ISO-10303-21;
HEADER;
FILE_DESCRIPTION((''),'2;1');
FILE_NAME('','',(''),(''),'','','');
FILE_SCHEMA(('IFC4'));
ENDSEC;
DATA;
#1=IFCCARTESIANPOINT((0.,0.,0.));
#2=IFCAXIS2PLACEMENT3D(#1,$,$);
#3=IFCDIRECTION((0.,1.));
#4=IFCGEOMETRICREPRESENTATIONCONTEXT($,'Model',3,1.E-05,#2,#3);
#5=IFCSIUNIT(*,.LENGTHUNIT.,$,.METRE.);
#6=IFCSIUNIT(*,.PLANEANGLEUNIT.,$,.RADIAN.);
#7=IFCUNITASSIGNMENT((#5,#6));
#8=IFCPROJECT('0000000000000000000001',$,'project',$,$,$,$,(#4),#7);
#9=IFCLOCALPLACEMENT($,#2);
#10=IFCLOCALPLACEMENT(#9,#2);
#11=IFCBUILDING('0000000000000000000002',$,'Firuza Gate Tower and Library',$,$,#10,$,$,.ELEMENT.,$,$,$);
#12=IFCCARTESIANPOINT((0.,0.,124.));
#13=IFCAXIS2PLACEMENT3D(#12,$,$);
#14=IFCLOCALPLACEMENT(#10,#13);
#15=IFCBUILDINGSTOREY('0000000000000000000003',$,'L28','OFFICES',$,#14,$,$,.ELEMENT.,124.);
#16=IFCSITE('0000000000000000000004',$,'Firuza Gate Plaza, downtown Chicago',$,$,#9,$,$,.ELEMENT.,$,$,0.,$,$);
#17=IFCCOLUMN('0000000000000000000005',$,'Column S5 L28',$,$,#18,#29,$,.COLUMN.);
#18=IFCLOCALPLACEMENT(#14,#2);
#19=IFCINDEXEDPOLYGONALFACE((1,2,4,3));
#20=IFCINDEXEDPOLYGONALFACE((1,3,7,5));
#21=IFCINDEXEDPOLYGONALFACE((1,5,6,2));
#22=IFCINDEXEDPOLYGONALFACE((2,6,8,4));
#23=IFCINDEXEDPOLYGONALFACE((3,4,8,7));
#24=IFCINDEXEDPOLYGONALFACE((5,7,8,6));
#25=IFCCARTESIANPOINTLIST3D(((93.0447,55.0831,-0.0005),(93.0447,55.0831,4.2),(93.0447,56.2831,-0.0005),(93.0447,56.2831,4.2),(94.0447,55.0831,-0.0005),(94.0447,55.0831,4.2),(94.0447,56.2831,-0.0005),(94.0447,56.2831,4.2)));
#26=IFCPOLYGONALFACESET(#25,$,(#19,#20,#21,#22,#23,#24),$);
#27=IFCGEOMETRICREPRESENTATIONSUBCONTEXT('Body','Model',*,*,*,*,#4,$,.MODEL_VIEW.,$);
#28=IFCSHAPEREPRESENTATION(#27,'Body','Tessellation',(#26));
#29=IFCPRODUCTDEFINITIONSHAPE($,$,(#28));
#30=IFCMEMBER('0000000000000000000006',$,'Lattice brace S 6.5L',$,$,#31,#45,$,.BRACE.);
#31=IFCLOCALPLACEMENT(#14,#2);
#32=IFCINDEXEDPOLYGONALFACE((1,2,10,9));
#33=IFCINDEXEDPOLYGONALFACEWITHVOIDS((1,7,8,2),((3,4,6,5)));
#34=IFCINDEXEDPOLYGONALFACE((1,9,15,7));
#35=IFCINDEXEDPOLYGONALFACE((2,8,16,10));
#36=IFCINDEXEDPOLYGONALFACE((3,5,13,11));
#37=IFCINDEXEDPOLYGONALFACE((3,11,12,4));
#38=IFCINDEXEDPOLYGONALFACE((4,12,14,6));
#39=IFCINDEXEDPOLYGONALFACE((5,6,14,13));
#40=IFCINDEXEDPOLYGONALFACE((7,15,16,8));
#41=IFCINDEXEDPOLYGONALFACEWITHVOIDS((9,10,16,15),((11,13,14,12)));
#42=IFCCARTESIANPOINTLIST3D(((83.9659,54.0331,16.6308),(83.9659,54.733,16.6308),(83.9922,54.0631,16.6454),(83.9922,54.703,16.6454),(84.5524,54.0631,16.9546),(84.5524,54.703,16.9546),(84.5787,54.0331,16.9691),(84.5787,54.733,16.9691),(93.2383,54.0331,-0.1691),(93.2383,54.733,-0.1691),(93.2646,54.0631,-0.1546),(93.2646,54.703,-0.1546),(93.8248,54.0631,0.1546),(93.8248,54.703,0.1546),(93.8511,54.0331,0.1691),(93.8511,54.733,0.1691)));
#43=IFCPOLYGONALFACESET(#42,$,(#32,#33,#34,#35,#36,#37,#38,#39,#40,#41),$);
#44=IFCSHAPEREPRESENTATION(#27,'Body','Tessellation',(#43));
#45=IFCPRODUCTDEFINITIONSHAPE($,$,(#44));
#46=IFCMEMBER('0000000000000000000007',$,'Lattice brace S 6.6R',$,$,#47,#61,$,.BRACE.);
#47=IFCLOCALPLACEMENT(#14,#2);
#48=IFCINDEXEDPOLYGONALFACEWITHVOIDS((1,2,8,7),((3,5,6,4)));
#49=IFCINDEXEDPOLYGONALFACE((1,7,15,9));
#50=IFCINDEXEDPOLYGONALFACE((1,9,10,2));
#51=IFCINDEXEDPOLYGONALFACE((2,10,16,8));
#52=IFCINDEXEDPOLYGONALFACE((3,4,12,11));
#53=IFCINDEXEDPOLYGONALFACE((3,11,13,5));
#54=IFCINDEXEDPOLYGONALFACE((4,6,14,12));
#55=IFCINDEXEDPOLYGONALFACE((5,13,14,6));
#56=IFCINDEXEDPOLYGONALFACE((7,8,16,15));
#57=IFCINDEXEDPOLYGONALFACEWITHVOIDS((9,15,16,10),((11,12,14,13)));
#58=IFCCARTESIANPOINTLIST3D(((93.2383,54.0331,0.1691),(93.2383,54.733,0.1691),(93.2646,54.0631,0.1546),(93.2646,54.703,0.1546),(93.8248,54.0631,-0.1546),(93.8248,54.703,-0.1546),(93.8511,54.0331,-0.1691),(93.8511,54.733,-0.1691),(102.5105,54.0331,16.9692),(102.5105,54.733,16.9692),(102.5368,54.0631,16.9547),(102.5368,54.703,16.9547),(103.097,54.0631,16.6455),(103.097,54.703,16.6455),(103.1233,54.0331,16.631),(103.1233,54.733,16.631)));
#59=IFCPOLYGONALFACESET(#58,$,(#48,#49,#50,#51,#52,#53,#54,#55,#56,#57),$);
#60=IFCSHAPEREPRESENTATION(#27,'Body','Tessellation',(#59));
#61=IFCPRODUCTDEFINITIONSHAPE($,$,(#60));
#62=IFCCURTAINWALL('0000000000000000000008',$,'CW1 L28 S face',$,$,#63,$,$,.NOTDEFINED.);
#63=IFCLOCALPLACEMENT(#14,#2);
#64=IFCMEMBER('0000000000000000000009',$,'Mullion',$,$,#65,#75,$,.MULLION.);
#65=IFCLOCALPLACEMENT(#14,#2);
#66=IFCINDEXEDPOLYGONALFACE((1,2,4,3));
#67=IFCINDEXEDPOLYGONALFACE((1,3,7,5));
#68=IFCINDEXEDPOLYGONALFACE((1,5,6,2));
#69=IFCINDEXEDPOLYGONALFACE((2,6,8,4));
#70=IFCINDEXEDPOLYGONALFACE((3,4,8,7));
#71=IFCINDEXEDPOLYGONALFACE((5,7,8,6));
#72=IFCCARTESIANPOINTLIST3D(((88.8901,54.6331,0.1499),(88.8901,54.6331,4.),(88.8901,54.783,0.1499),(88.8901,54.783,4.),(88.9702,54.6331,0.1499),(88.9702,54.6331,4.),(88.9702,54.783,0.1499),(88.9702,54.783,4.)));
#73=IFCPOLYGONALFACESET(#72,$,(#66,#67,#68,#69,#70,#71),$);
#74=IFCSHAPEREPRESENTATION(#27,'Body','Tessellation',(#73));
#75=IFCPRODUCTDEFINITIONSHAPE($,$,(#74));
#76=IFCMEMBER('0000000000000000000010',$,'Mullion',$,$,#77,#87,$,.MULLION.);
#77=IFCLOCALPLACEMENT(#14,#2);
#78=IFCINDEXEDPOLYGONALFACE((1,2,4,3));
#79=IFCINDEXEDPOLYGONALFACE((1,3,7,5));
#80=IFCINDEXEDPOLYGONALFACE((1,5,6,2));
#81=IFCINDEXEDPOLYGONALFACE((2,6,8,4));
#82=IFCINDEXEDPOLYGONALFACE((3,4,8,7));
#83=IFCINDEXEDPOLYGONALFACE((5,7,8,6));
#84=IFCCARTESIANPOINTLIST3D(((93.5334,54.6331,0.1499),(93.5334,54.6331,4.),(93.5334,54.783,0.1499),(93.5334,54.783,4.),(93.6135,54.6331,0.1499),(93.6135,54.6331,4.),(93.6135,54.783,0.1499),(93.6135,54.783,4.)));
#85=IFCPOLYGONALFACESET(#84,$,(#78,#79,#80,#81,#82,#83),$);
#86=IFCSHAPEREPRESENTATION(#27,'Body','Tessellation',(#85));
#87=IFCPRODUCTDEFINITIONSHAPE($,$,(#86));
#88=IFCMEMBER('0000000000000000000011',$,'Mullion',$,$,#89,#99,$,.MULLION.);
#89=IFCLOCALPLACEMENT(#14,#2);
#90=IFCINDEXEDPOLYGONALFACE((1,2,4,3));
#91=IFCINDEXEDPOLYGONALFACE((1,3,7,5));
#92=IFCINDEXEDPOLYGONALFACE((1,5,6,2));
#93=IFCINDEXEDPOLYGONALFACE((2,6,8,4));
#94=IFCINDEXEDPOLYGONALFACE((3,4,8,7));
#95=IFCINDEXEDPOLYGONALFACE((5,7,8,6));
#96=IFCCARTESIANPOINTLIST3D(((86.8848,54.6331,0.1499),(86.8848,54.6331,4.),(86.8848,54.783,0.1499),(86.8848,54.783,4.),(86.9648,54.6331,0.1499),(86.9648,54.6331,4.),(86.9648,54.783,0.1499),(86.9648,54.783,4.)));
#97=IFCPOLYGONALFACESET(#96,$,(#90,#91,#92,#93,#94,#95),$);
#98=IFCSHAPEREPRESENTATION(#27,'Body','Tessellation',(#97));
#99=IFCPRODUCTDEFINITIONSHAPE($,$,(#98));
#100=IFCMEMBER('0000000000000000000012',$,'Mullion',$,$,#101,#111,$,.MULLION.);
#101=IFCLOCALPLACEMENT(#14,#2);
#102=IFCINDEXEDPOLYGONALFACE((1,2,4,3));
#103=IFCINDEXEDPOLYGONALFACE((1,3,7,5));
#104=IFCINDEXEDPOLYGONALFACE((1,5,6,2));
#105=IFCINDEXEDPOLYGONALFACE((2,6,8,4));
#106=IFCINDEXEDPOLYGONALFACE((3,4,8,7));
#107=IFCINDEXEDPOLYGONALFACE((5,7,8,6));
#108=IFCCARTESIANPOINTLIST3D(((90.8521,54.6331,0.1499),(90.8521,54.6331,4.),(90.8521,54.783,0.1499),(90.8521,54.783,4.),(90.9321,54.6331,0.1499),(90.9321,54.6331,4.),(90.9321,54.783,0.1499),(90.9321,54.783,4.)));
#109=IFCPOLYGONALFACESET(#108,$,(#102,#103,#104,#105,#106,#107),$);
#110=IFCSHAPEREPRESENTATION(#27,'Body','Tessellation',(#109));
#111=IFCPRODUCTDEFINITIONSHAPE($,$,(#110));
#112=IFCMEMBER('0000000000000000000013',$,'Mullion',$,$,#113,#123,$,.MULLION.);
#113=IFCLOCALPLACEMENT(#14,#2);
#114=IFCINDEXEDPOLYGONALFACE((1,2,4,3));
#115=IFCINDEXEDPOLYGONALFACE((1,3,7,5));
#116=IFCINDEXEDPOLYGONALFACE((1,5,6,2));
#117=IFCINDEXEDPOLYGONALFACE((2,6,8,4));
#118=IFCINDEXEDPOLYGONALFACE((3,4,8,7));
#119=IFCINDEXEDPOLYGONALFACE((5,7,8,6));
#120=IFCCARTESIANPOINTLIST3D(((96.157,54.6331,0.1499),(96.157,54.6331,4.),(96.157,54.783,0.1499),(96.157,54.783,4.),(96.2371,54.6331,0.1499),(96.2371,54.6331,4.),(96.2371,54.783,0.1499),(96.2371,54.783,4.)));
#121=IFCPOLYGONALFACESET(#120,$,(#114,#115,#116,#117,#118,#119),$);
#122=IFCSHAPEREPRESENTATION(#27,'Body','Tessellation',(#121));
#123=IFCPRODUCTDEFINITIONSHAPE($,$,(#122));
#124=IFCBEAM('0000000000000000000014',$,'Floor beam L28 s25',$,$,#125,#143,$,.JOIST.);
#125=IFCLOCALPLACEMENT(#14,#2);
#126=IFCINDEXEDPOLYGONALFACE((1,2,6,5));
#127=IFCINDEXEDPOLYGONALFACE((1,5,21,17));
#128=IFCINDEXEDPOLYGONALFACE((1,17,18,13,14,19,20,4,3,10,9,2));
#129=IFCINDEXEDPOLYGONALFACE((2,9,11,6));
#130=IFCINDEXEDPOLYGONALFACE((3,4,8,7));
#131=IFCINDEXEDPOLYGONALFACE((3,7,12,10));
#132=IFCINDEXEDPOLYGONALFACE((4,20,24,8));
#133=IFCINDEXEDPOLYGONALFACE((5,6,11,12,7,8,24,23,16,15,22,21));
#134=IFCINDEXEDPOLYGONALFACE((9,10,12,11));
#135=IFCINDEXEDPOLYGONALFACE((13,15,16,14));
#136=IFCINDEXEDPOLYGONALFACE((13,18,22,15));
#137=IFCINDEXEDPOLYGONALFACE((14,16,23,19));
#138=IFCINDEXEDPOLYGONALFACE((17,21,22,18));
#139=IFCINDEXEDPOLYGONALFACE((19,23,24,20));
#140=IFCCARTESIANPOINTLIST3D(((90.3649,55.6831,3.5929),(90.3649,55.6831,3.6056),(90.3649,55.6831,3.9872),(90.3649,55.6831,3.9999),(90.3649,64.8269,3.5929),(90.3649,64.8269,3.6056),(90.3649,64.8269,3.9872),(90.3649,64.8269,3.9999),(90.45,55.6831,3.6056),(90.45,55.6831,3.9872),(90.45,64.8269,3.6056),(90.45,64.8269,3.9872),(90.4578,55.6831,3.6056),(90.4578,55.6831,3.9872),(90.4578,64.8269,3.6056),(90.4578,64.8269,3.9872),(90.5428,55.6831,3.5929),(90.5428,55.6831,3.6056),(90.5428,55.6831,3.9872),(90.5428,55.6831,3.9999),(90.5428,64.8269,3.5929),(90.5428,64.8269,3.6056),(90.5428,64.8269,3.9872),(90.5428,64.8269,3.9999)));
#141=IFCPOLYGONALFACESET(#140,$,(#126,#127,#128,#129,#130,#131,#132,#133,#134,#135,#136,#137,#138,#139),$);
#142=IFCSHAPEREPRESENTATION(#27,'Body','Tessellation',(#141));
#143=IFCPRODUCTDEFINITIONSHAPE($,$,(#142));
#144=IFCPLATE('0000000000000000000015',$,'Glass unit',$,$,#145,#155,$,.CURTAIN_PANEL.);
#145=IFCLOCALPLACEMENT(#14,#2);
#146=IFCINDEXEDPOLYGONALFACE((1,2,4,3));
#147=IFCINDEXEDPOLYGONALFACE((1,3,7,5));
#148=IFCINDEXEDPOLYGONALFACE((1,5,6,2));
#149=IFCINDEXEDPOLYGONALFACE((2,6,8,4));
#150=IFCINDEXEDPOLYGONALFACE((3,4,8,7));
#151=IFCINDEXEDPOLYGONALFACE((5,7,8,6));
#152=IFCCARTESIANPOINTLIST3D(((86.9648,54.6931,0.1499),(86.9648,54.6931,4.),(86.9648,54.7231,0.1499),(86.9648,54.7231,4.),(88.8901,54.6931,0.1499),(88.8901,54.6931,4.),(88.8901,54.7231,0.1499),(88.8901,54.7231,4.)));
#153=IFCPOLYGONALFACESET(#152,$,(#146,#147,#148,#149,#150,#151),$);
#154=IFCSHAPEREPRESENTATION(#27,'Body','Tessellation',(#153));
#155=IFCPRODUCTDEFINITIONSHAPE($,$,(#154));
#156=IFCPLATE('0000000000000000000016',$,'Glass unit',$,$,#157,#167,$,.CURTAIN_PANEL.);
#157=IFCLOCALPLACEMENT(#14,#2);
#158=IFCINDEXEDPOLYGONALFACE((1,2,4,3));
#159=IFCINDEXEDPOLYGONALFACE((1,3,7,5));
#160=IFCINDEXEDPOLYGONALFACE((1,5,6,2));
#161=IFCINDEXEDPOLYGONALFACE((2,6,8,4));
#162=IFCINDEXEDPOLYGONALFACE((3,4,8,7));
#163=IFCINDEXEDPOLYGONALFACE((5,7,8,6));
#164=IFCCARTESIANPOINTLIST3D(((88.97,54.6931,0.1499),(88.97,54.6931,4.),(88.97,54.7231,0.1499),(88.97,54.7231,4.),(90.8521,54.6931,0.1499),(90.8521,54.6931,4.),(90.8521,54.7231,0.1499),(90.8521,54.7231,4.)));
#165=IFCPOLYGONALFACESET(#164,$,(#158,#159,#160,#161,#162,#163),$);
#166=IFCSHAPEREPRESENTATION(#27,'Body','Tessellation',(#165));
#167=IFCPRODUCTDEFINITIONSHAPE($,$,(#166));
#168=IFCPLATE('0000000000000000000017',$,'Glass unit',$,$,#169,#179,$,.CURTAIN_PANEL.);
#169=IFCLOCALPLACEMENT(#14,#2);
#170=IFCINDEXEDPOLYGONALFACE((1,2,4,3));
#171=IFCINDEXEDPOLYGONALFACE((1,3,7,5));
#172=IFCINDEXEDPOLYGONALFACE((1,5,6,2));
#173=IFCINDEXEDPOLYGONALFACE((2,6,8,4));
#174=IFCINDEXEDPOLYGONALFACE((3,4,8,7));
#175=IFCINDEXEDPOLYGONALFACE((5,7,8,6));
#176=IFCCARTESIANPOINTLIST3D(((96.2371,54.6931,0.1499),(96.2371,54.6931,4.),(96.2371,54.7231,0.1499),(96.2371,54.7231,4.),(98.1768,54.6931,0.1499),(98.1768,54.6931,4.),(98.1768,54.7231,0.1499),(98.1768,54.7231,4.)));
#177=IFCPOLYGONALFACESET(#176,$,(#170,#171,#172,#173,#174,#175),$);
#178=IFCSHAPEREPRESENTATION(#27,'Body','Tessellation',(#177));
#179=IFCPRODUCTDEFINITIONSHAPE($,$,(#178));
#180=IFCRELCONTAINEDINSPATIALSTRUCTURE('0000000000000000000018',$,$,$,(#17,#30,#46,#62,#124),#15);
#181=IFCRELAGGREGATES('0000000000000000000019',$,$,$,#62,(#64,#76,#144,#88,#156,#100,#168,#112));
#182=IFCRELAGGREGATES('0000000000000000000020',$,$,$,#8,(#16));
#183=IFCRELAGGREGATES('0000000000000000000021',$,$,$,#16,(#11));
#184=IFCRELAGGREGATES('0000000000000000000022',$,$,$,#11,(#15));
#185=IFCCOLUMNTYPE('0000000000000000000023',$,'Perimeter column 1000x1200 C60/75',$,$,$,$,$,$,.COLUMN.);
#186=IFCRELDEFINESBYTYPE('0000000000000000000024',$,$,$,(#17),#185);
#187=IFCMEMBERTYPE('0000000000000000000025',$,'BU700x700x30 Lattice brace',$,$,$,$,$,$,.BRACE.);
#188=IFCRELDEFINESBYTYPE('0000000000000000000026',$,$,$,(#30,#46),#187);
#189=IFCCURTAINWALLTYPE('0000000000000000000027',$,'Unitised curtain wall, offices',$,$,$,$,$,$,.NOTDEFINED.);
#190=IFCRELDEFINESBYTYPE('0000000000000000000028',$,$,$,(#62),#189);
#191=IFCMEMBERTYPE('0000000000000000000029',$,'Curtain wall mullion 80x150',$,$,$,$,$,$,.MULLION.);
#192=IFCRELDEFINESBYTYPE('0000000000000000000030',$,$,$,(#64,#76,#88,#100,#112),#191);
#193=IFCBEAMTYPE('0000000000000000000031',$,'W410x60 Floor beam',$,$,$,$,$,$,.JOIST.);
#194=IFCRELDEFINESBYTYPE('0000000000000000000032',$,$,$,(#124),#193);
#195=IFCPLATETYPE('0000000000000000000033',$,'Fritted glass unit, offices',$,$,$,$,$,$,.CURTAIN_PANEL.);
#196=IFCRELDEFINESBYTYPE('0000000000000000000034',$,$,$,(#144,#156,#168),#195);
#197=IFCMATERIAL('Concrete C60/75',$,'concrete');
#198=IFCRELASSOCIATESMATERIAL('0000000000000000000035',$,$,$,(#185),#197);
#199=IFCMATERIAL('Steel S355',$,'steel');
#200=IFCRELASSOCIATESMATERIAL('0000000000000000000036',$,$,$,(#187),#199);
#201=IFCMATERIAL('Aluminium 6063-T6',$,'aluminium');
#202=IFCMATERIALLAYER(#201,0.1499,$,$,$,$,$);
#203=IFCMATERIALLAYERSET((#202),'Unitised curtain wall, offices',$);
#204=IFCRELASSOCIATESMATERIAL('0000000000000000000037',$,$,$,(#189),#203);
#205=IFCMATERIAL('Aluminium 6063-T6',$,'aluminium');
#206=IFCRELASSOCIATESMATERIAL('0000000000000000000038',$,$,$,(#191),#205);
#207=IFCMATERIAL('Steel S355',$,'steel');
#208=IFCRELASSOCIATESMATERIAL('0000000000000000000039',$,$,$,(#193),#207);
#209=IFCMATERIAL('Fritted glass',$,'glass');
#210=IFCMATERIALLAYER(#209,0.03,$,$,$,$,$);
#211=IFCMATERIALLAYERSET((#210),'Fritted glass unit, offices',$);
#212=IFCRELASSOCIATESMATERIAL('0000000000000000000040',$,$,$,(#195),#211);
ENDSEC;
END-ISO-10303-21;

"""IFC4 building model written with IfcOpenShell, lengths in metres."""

from ifc_helpers import new_model, si_unit, direction, frame, origin, origin_2d, place, context, subcontext, project, spatial, polyline, rectangle, hollow_rectangle, i_section, outline, extrude, material, layer, layer_set, material_profile, profile_set, type_object, element, aggregate, save


model = new_model("IFC4")

# Units and contexts
model_context = context("Model", 3, precision=1e-05, world=origin(), true_north=direction((0.0, 1.0)))
body_context = subcontext(model_context, "Body", "Model", "MODEL_VIEW")
ifc_project = project(units=[si_unit("LENGTHUNIT", "METRE"), si_unit("PLANEANGLEUNIT", "RADIAN")], contexts=[model_context])

# Site, building, storey
site_placement = place(None, origin())
site = spatial("IfcSite", under=ifc_project, at=site_placement, Name="Firuza Gate Plaza, downtown Chicago", CompositionType="ELEMENT", RefElevation=0.0)
building_placement = place(site_placement, origin())
building = spatial("IfcBuilding", under=site, at=building_placement, Name="Firuza Gate Tower and Library", CompositionType="ELEMENT")
storey_placement = place(building_placement, frame((0.0, 0.0, 124.0)))
storey = spatial("IfcBuildingStorey", under=building, at=storey_placement, Name="L28", Description="OFFICES", CompositionType="ELEMENT", Elevation=124.0)

# Column
ifc_material_1 = material(Name="Concrete C60/75", Category="concrete")
ifc_material_profile_1 = material_profile(ifc_material_1, rectangle(XDim=1.0, YDim=1.2, at=origin_2d()))
ifc_profile_set_1 = profile_set([ifc_material_profile_1], Name="Concrete C60/75")
column_type = type_object("IfcColumnType", Name="Perimeter column 1000x1200 C60/75", PredefinedType="COLUMN", material=ifc_profile_set_1)
column_placement = place(storey_placement, frame((93.5447, 55.6831, -0.0005), z_axis=(0.0, 0.0, 1.0), x_axis=(1.0, 0.0, 0.0)))
element("IfcColumn", 1, at=column_placement, inside=storey, type_object=column_type, Name="Column S5 L28", PredefinedType="COLUMN", context=body_context, shape_type="SweptSolid", body=[
    extrude(rectangle(XDim=1.0, YDim=1.2, at=origin_2d()), origin(), (0.0, 0.0, 1.0), 4.2004),
])

# Members
ifc_material_2 = material(Name="Steel S355", Category="steel")
ifc_material_profile_2 = material_profile(ifc_material_2, hollow_rectangle(XDim=0.7, YDim=0.7, WallThickness=0.03, at=origin_2d()))
ifc_profile_set_2 = profile_set([ifc_material_profile_2], Name="Steel S355")
member_type_1 = type_object("IfcMemberType", Name="BU700x700x30 Lattice brace", PredefinedType="BRACE", material=ifc_profile_set_2)
for number, where, z_axis, x_axis, name in (
    (2, (93.5447, 54.3831, 0.0), (-0.483216, 0.0, 0.875501), (0.0, -1.0, 0.0), "Lattice brace S 6.5L"),
    (3, (93.5447, 54.3831, 0.0), (0.483206, 0.0, 0.875507), (0.0, 1.0, 0.0), "Lattice brace S 6.6R"),
):
    element("IfcMember", number, at=place(storey_placement, frame(where, z_axis=z_axis, x_axis=x_axis)), inside=storey, type_object=member_type_1, Name=name, PredefinedType="BRACE", context=body_context, shape_type="SweptSolid", body=[
        extrude(hollow_rectangle(XDim=0.7, YDim=0.7, WallThickness=0.03, at=origin_2d()), origin(), (0.0, 0.0, 1.0), 19.189),
    ])

# Curtain wall, members
ifc_material_3 = material(Name="Aluminium 6063-T6", Category="aluminium")
ifc_layer_1 = layer(ifc_material_3, 0.1499)
ifc_layer_set_1 = layer_set([ifc_layer_1], Name="Unitised curtain wall, offices")
curtain_wall_type = type_object("IfcCurtainWallType", Name="Unitised curtain wall, offices", PredefinedType="NOTDEFINED", material=ifc_layer_set_1)
curtain_wall_placement = place(storey_placement, origin())
curtain_wall = element("IfcCurtainWall", 4, at=curtain_wall_placement, inside=storey, type_object=curtain_wall_type, Name="CW1 L28 S face", PredefinedType="NOTDEFINED")
ifc_material_4 = material(Name="Aluminium 6063-T6", Category="aluminium")
ifc_material_profile_3 = material_profile(ifc_material_4, rectangle(XDim=0.1499, YDim=0.0801, at=origin_2d()))
ifc_profile_set_3 = profile_set([ifc_material_profile_3], Name="Aluminium 6063-T6")
member_type_2 = type_object("IfcMemberType", Name="Curtain wall mullion 80x150", PredefinedType="MULLION", material=ifc_profile_set_3)
member_1_placement = place(storey_placement, frame((88.9302, 54.708, 0.1499), z_axis=(0.0, 0.0, 1.0), x_axis=(0.0, 1.0, 0.0)))
member_1 = element("IfcMember", 5, at=member_1_placement, type_object=member_type_2, Name="Mullion", PredefinedType="MULLION", context=body_context, shape_type="SweptSolid", body=[
    extrude(rectangle(XDim=0.1499, YDim=0.0801, at=origin_2d()), origin(), (0.0, 0.0, 1.0), 3.8501),
])
member_2_placement = place(storey_placement, frame((93.5735, 54.708, 0.1499), z_axis=(0.0, 0.0, 1.0), x_axis=(0.0, 1.0, 0.0)))
member_2 = element("IfcMember", 6, at=member_2_placement, type_object=member_type_2, Name="Mullion", PredefinedType="MULLION", context=body_context, shape_type="SweptSolid", body=[
    extrude(rectangle(XDim=0.1499, YDim=0.0801, at=origin_2d()), origin(), (0.0, 0.0, 1.0), 3.8501),
])
member_3_placement = place(storey_placement, frame((86.9248, 54.708, 0.1499), z_axis=(0.0, 0.0, 1.0), x_axis=(0.0, 1.0, 0.0)))
member_3 = element("IfcMember", 7, at=member_3_placement, type_object=member_type_2, Name="Mullion", PredefinedType="MULLION", context=body_context, shape_type="SweptSolid", body=[
    extrude(rectangle(XDim=0.1499, YDim=0.0801, at=origin_2d()), origin(), (0.0, 0.0, 1.0), 3.8501),
])
member_4_placement = place(storey_placement, frame((90.8921, 54.708, 0.1499), z_axis=(0.0, 0.0, 1.0), x_axis=(0.0, 1.0, 0.0)))
member_4 = element("IfcMember", 8, at=member_4_placement, type_object=member_type_2, Name="Mullion", PredefinedType="MULLION", context=body_context, shape_type="SweptSolid", body=[
    extrude(rectangle(XDim=0.1499, YDim=0.0801, at=origin_2d()), origin(), (0.0, 0.0, 1.0), 3.8501),
])
member_5_placement = place(storey_placement, frame((96.197, 54.708, 0.1499), z_axis=(0.0, 0.0, 1.0), x_axis=(0.0, 1.0, 0.0)))
member_5 = element("IfcMember", 9, at=member_5_placement, type_object=member_type_2, Name="Mullion", PredefinedType="MULLION", context=body_context, shape_type="SweptSolid", body=[
    extrude(rectangle(XDim=0.1499, YDim=0.0801, at=origin_2d()), origin(), (0.0, 0.0, 1.0), 3.8501),
])

# Beam
ifc_material_5 = material(Name="Steel S355", Category="steel")
ifc_material_profile_4 = material_profile(ifc_material_5, i_section(OverallWidth=0.178, OverallDepth=0.407, WebThickness=0.0078, FlangeThickness=0.0127, at=origin_2d()))
ifc_profile_set_4 = profile_set([ifc_material_profile_4], Name="Steel S355")
beam_type = type_object("IfcBeamType", Name="W410x60 Floor beam", PredefinedType="JOIST", material=ifc_profile_set_4)
beam_placement = place(storey_placement, frame((90.4539, 55.6831, 3.7964), z_axis=(0.0, 1.0, 0.0), x_axis=(-1.0, 0.0, 0.0)))
element("IfcBeam", 10, at=beam_placement, inside=storey, type_object=beam_type, Name="Floor beam L28 s25", PredefinedType="JOIST", context=body_context, shape_type="SweptSolid", body=[
    extrude(i_section(OverallWidth=0.178, OverallDepth=0.407, WebThickness=0.0078, FlangeThickness=0.0127, at=origin_2d()), origin(), (0.0, 0.0, 1.0), 9.1438),
])

# Plates
ifc_material_6 = material(Name="Fritted glass", Category="glass")
ifc_layer_2 = layer(ifc_material_6, 0.03)
ifc_layer_set_2 = layer_set([ifc_layer_2], Name="Fritted glass unit, offices")
plate_type_1 = type_object("IfcPlateType", Name="Fritted glass unit, offices", PredefinedType="CURTAIN_PANEL", material=ifc_layer_set_2)
plate_1_placement = place(storey_placement, frame((86.9648, 54.6931, 0.1499), z_axis=(0.0, -1.0, 0.0), x_axis=(1.0, 0.0, 0.0)))
plate_1 = element("IfcPlate", 11, at=plate_1_placement, type_object=plate_type_1, Name="Glass unit", PredefinedType="CURTAIN_PANEL", context=body_context, shape_type="SweptSolid", body=[
    extrude(outline(polyline([(0.0, 0.0), (1.9253, 0.0), (1.9253, 3.8501), (0.0, 3.8501), (0.0, 0.0)])), origin(), (0.0, 0.0, -1.0), 0.03),
])
plate_2_placement = place(storey_placement, frame((88.97, 54.6931, 0.1499), z_axis=(0.0, -1.0, 0.0), x_axis=(1.0, 0.0, 0.0)))
plate_2 = element("IfcPlate", 12, at=plate_2_placement, type_object=plate_type_1, Name="Glass unit", PredefinedType="CURTAIN_PANEL", context=body_context, shape_type="SweptSolid", body=[
    extrude(outline(polyline([(0.0, 0.0), (1.8821, 0.0), (1.8821, 3.8501), (0.0, 3.8501), (0.0, 0.0)])), origin(), (0.0, 0.0, -1.0), 0.03),
])
plate_3_placement = place(storey_placement, frame((96.2371, 54.6931, 0.1499), z_axis=(0.0, -1.0, 0.0), x_axis=(1.0, 0.0, 0.0)))
plate_3 = element("IfcPlate", 13, at=plate_3_placement, type_object=plate_type_1, Name="Glass unit", PredefinedType="CURTAIN_PANEL", context=body_context, shape_type="SweptSolid", body=[
    extrude(outline(polyline([(0.0, 0.0), (1.9397, 0.0), (1.9397, 3.8501), (0.0, 3.8501), (0.0, 0.0)])), origin(), (0.0, 0.0, -1.0), 0.03),
])
aggregate(curtain_wall, [member_1, member_2, plate_1, member_3, plate_2, member_4, plate_3, member_5])

save(model, "model.ifc")
